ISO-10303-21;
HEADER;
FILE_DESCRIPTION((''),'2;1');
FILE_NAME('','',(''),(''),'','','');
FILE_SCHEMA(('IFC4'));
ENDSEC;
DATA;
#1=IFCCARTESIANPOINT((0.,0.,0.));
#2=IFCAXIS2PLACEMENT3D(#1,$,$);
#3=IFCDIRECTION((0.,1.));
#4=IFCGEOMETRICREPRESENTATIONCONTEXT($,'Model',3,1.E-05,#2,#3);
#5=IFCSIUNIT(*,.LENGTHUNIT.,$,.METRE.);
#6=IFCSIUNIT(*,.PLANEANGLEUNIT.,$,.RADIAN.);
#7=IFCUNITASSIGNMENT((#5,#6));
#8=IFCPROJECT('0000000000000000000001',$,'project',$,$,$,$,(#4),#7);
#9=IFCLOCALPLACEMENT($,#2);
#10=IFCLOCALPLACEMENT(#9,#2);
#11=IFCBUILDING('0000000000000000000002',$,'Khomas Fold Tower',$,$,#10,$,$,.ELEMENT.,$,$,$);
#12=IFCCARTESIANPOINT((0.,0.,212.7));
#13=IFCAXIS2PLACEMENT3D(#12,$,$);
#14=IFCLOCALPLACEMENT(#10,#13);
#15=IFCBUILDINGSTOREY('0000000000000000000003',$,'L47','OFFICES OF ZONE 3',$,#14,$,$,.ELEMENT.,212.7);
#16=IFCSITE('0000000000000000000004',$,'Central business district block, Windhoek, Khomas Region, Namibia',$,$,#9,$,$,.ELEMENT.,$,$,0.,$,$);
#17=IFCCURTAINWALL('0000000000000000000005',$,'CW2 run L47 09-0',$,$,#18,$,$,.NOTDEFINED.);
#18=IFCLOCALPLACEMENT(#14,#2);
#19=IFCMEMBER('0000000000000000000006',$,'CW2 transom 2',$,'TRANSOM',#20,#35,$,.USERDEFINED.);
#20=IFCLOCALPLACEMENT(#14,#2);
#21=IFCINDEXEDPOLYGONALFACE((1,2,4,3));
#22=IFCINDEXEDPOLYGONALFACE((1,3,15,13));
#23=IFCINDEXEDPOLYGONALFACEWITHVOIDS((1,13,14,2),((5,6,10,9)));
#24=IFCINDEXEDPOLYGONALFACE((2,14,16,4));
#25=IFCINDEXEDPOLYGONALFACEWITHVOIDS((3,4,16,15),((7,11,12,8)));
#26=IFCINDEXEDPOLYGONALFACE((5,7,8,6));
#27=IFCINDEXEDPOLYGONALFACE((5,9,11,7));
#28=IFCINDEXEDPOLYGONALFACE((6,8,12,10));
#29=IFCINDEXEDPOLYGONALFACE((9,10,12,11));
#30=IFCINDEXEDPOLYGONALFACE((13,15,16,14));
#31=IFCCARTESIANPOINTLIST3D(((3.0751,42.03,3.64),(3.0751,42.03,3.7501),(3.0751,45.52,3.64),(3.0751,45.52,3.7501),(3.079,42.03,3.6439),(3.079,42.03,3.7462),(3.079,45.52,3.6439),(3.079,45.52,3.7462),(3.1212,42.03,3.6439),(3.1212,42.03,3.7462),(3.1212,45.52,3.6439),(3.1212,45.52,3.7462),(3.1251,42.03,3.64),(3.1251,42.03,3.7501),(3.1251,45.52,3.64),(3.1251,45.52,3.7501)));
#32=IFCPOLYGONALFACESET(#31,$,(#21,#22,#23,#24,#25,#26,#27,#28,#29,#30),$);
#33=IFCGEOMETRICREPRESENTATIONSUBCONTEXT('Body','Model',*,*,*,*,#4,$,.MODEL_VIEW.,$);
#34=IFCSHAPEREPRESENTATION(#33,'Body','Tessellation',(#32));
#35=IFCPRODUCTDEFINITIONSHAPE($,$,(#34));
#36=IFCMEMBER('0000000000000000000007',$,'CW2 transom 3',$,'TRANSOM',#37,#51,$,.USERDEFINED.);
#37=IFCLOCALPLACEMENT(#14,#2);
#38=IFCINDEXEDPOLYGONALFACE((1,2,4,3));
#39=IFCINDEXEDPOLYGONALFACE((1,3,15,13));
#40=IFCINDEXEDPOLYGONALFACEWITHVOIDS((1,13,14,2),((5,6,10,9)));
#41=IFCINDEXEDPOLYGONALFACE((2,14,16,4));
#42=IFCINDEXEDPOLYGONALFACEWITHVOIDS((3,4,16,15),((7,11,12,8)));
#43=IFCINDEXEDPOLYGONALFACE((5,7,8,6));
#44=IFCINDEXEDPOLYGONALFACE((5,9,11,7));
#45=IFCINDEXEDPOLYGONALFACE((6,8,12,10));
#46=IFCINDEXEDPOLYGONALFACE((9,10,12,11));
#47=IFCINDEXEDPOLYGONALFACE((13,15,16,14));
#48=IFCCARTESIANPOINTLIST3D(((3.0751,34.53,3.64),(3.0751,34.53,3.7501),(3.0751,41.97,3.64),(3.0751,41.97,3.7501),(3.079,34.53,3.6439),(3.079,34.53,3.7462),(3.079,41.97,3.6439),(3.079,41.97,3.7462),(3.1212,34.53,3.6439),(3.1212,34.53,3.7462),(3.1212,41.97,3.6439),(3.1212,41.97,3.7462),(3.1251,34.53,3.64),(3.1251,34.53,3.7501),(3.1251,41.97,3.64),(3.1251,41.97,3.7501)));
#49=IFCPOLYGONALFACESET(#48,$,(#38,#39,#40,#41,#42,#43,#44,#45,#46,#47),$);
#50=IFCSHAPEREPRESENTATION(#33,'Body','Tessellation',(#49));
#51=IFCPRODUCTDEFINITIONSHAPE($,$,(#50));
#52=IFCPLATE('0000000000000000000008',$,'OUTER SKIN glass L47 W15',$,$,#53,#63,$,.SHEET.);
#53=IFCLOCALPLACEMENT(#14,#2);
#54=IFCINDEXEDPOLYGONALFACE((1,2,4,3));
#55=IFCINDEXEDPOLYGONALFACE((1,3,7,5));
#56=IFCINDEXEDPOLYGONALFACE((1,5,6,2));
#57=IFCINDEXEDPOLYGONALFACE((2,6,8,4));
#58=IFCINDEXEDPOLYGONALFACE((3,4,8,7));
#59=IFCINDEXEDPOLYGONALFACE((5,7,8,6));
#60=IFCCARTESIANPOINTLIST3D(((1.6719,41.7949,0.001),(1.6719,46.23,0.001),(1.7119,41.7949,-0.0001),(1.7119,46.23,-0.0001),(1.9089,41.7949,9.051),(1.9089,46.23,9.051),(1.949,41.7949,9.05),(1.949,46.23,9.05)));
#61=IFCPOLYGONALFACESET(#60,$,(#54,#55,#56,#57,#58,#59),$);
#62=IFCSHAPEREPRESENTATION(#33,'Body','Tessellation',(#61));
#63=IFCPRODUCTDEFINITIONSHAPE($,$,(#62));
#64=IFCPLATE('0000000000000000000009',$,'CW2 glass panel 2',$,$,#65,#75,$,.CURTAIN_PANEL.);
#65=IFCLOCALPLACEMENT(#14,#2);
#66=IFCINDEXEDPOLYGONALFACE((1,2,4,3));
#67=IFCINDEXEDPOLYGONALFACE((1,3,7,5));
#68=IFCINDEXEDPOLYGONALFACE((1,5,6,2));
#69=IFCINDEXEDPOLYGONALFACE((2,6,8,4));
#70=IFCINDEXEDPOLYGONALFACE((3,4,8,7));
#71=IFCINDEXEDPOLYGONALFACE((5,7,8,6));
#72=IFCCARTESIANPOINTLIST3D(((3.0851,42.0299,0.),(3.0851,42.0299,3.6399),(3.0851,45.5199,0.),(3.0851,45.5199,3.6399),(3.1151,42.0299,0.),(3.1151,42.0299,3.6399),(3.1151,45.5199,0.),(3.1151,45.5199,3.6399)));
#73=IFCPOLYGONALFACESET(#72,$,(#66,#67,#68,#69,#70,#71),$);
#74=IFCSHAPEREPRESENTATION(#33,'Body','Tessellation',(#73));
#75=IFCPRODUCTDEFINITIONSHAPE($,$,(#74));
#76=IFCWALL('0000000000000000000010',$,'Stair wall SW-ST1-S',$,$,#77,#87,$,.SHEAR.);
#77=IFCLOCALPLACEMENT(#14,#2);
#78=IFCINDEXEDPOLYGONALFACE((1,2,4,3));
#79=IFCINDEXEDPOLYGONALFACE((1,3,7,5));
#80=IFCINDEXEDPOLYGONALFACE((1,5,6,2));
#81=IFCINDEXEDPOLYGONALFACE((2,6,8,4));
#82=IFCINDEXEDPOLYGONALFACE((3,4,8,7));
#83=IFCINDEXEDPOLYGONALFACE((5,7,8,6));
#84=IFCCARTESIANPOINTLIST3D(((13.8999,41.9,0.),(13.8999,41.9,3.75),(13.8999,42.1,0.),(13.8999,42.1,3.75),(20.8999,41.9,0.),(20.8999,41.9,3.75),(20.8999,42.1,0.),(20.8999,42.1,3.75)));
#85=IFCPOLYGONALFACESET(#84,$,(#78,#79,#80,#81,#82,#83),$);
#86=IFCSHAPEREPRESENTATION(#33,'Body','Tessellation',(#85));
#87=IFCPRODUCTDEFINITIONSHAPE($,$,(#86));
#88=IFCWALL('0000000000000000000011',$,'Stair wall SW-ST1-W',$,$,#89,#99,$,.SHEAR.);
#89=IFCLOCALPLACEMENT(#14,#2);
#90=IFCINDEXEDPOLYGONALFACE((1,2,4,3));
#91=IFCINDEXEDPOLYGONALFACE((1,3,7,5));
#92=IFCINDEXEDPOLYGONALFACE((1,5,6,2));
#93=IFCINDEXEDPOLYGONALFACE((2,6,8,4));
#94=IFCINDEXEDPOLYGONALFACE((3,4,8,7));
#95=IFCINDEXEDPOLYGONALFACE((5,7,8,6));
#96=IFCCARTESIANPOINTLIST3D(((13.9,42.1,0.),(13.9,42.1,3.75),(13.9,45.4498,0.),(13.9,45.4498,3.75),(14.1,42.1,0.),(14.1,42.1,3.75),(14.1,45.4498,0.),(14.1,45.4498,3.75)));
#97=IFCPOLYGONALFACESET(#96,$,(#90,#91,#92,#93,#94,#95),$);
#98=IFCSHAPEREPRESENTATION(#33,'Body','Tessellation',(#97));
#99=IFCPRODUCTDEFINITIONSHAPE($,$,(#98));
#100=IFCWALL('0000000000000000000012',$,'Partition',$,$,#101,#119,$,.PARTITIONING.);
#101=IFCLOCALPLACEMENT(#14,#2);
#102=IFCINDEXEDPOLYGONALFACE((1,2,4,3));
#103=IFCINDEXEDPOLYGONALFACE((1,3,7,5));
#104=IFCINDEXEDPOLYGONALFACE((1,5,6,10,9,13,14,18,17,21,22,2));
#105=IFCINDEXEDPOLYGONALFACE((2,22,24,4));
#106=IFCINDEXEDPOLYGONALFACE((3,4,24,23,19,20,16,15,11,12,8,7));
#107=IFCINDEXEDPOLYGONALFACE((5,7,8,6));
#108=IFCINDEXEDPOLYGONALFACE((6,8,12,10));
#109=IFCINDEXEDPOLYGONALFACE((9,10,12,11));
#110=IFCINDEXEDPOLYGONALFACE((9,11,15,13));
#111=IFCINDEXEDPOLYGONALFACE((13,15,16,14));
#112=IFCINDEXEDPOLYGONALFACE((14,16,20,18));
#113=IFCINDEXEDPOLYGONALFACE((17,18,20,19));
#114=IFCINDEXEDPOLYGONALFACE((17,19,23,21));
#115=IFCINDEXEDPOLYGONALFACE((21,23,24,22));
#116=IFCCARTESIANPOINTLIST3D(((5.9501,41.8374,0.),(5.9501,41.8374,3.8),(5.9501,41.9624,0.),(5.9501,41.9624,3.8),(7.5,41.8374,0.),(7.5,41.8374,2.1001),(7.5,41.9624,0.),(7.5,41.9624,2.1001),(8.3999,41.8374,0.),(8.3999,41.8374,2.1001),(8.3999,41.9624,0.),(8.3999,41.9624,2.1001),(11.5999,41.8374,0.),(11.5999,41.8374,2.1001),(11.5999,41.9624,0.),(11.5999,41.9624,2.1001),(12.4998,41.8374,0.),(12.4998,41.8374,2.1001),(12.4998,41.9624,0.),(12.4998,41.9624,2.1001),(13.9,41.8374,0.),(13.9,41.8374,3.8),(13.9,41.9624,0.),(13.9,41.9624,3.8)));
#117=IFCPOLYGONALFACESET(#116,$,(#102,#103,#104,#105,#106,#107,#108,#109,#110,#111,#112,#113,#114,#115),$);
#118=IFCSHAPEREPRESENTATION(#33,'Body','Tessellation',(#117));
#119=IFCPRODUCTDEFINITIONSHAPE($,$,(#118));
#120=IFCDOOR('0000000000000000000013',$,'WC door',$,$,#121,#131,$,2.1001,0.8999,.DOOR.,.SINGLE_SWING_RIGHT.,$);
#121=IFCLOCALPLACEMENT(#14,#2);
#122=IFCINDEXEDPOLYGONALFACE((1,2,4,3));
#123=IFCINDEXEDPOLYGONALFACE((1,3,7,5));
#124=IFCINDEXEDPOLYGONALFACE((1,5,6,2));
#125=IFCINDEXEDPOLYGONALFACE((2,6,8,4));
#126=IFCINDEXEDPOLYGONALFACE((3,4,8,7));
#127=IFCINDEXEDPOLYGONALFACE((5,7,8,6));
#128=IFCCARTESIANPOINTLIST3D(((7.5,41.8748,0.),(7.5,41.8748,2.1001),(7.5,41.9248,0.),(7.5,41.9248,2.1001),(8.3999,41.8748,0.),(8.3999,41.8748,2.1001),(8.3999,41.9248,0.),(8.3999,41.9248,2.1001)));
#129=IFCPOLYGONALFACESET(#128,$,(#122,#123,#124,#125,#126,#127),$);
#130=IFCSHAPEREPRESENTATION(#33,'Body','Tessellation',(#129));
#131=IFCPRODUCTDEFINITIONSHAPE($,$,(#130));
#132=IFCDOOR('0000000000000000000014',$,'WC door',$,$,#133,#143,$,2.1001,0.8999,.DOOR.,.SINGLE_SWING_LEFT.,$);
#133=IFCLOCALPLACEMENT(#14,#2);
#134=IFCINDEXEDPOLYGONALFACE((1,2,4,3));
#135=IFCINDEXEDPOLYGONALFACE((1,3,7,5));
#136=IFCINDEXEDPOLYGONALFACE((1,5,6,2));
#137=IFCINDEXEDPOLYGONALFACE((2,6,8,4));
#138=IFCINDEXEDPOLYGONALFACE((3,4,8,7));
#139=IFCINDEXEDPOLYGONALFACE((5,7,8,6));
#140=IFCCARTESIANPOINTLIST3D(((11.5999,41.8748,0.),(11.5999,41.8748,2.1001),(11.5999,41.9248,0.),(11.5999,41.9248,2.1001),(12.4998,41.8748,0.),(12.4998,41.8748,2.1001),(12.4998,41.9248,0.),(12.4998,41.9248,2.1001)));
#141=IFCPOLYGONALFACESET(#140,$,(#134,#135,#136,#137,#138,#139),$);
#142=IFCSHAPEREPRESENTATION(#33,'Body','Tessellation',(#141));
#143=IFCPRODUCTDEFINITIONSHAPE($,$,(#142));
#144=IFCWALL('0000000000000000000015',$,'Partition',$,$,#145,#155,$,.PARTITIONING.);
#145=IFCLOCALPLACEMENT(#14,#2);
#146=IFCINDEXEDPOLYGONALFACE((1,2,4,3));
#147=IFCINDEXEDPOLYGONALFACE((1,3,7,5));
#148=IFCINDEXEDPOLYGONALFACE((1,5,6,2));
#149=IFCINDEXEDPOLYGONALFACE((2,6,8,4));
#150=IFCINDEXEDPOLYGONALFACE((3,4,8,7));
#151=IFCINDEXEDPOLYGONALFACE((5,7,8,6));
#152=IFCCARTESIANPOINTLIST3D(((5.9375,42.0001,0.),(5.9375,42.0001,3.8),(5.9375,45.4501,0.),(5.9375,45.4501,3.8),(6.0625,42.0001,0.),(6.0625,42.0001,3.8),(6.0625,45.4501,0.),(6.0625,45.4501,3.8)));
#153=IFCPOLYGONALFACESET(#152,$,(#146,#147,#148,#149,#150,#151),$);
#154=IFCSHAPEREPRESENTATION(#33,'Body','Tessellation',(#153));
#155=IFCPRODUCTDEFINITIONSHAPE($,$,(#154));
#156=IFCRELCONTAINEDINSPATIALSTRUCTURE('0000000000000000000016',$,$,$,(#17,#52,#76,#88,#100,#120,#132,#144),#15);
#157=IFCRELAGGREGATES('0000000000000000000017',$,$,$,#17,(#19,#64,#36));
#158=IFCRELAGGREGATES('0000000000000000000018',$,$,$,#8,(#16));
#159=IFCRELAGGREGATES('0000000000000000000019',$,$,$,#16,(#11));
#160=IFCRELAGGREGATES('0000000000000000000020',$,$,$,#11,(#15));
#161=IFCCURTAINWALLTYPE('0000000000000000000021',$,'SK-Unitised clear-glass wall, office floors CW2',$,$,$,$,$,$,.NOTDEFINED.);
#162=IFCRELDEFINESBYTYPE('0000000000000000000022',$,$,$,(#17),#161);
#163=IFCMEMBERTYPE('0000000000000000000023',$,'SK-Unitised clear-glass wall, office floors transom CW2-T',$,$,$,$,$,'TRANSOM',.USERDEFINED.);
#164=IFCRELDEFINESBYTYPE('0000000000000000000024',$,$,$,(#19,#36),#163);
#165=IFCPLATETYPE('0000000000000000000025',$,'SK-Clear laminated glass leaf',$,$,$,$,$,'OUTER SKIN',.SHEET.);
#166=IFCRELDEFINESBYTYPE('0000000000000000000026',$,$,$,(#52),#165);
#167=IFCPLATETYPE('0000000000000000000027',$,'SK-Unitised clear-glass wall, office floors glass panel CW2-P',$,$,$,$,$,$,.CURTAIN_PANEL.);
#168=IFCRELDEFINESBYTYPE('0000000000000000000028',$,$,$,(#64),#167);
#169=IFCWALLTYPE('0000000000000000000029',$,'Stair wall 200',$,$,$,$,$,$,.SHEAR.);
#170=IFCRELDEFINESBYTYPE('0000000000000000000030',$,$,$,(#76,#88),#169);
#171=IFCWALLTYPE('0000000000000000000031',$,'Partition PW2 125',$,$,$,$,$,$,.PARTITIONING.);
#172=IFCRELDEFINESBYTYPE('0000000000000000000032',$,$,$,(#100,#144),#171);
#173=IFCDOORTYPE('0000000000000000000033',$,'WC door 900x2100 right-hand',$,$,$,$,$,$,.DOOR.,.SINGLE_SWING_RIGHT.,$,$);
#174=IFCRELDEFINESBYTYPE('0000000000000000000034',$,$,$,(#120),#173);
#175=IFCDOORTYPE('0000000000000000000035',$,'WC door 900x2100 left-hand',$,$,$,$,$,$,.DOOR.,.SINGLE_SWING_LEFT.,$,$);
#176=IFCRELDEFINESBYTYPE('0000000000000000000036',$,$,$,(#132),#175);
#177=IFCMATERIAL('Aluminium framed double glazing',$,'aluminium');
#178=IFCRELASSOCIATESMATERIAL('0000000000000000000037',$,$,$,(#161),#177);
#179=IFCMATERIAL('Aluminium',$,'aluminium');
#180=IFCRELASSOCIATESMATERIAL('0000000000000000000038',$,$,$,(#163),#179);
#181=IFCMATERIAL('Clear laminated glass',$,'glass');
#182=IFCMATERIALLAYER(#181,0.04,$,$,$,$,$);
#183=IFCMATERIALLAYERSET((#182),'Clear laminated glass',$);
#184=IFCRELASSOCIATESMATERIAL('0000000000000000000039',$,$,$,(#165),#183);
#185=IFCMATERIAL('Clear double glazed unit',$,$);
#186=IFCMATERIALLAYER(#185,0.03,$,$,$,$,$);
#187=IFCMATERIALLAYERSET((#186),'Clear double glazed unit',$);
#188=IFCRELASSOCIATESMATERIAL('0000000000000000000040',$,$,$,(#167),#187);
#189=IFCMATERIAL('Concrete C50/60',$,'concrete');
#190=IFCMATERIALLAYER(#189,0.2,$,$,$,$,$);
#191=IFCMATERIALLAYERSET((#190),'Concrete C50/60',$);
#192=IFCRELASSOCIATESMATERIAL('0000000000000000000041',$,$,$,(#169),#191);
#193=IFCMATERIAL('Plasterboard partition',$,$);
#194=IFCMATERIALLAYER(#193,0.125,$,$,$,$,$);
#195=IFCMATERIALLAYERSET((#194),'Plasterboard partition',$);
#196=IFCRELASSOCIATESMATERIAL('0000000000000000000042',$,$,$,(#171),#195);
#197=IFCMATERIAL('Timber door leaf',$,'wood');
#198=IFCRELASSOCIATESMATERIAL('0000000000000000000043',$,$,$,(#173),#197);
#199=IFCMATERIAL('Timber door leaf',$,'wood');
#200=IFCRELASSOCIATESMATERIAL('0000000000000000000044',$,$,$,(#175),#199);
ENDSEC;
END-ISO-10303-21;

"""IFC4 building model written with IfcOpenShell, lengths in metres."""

from ifc_helpers import new_model, si_unit, direction, frame, frame_2d, origin, origin_2d, place, context, subcontext, project, spatial, polyline, rectangle, hollow_rectangle, outline, extrude, source, transform, mapped, material, layer, layer_set, material_profile, profile_set, type_object, element, fill, aggregate, save


model = new_model("IFC4")

# Units and contexts
model_context = context("Model", 3, precision=1e-05, world=origin(), true_north=direction((0.0, 1.0)))
body_context = subcontext(model_context, "Body", "Model", "MODEL_VIEW")
ifc_project = project(units=[si_unit("LENGTHUNIT", "METRE"), si_unit("PLANEANGLEUNIT", "RADIAN")], contexts=[model_context])

# Site, building, storey
site_placement = place(None, origin())
site = spatial("IfcSite", under=ifc_project, at=site_placement, Name="Central business district block, Windhoek, Khomas Region, Namibia", CompositionType="ELEMENT", RefElevation=0.0)
building_placement = place(site_placement, origin())
building = spatial("IfcBuilding", under=site, at=building_placement, Name="Khomas Fold Tower", CompositionType="ELEMENT")
storey_placement = place(building_placement, frame((0.0, 0.0, 212.7)))
storey = spatial("IfcBuildingStorey", under=building, at=storey_placement, Name="L47", Description="OFFICES OF ZONE 3", CompositionType="ELEMENT", Elevation=212.7)

# Curtain wall, members
ifc_material_1 = material(Name="Aluminium framed double glazing", Category="aluminium")
curtain_wall_type = type_object("IfcCurtainWallType", Name="SK-Unitised clear-glass wall, office floors CW2", PredefinedType="NOTDEFINED", material=ifc_material_1)
curtain_wall_placement = place(storey_placement, origin())
curtain_wall = element("IfcCurtainWall", 1, at=curtain_wall_placement, inside=storey, type_object=curtain_wall_type, Name="CW2 run L47 09-0", PredefinedType="NOTDEFINED")
ifc_material_2 = material(Name="Aluminium", Category="aluminium")
ifc_material_profile_1 = material_profile(ifc_material_2, hollow_rectangle(XDim=0.05, YDim=0.1101, WallThickness=0.0039, at=origin_2d()), Name="SK-Unitised clear-glass wall, office floors transom CW2-T")
ifc_profile_set_1 = profile_set([ifc_material_profile_1], Name="Aluminium")
member_type_1 = type_object("IfcMemberType", Name="SK-Unitised clear-glass wall, office floors transom CW2-T", ElementType="TRANSOM", PredefinedType="USERDEFINED", material=ifc_profile_set_1)
shared_shape_1 = source(origin(), body_context, "Body", "SweptSolid", [
    extrude(hollow_rectangle(XDim=0.05, YDim=0.1101, WallThickness=0.0039, at=origin_2d()), origin(), (0.0, 0.0, 1.0), 3.49),
])
member_1_placement = place(storey_placement, frame((3.1001, 45.52, 3.6951), z_axis=(0.0, -1.0, 0.0), x_axis=(1.0, 0.0, 0.0)))
member_1 = element("IfcMember", 2, at=member_1_placement, type_object=member_type_1, Name="CW2 transom 2", ObjectType="TRANSOM", PredefinedType="USERDEFINED", context=body_context, shape_type="MappedRepresentation", body=[
    mapped(shared_shape_1, transform((0.0, 0.0, 0.0))),
])
shared_shape_2 = source(origin(), body_context, "Body", "SweptSolid", [
    extrude(hollow_rectangle(XDim=0.05, YDim=0.1101, WallThickness=0.0039, at=origin_2d()), origin(), (0.0, 0.0, 1.0), 7.4399),
])
member_2_placement = place(storey_placement, frame((3.1001, 41.97, 3.6951), z_axis=(0.0, -1.0, 0.0), x_axis=(1.0, 0.0, 0.0)))
member_2 = element("IfcMember", 3, at=member_2_placement, type_object=member_type_1, Name="CW2 transom 3", ObjectType="TRANSOM", PredefinedType="USERDEFINED", context=body_context, shape_type="MappedRepresentation", body=[
    mapped(shared_shape_2, transform((0.0, 0.0, 0.0))),
])

# Plates
ifc_material_3 = material(Name="Clear laminated glass", Category="glass")
ifc_layer_1 = layer(ifc_material_3, 0.04)
ifc_layer_set_1 = layer_set([ifc_layer_1], Name="Clear laminated glass")
plate_type_1 = type_object("IfcPlateType", Name="SK-Clear laminated glass leaf", ElementType="OUTER SKIN", PredefinedType="SHEET", material=ifc_layer_set_1)
plate_1_placement = place(storey_placement, frame((1.6719, 41.7949, 0.001), z_axis=(-0.999657, 0.0, 0.026185), x_axis=(0.0, 1.0, 0.0)))
element("IfcPlate", 4, at=plate_1_placement, inside=storey, type_object=plate_type_1, Name="OUTER SKIN glass L47 W15", PredefinedType="SHEET", context=body_context, shape_type="SweptSolid", body=[
    extrude(outline(polyline([(0.0, 0.0), (4.4351, 0.0), (4.4351, -9.0532), (0.0, -9.0532), (0.0, 0.0)])), origin(), (0.0, 0.0, -1.0), 0.04),
])
ifc_material_4 = material(Name="Clear double glazed unit")
ifc_layer_2 = layer(ifc_material_4, 0.03)
ifc_layer_set_2 = layer_set([ifc_layer_2], Name="Clear double glazed unit")
plate_type_2 = type_object("IfcPlateType", Name="SK-Unitised clear-glass wall, office floors glass panel CW2-P", PredefinedType="CURTAIN_PANEL", material=ifc_layer_set_2)
shared_shape_3 = source(origin(), body_context, "Body", "SweptSolid", [
    extrude(rectangle(XDim=3.49, YDim=0.03, at=origin_2d()), origin(), (0.0, 0.0, 1.0), 3.6399),
])
plate_2_placement = place(storey_placement, frame((3.1001, 43.7749, 0.0), z_axis=(0.0, 0.0, 1.0), x_axis=(0.0, -1.0, 0.0)))
plate_2 = element("IfcPlate", 5, at=plate_2_placement, type_object=plate_type_2, Name="CW2 glass panel 2", PredefinedType="CURTAIN_PANEL", context=body_context, shape_type="MappedRepresentation", body=[
    mapped(shared_shape_3, transform((0.0, 0.0, 0.0))),
])
aggregate(curtain_wall, [member_1, plate_2, member_2])

# Walls
ifc_material_5 = material(Name="Concrete C50/60", Category="concrete")
ifc_layer_3 = layer(ifc_material_5, 0.2)
ifc_layer_set_3 = layer_set([ifc_layer_3], Name="Concrete C50/60")
wall_type_1 = type_object("IfcWallType", Name="Stair wall 200", PredefinedType="SHEAR", material=ifc_layer_set_3)
shared_shape_4 = source(origin(), body_context, "Body", "SweptSolid", [
    extrude(rectangle(XDim=7.0, YDim=0.2, at=frame_2d((3.5, 0.0))), origin(), (0.0, 0.0, 1.0), 3.75),
])
wall_1_placement = place(storey_placement, frame((13.8999, 42.0, 0.0), z_axis=(0.0, 0.0, 1.0), x_axis=(1.0, 0.0, 0.0)))
element("IfcWall", 6, at=wall_1_placement, inside=storey, type_object=wall_type_1, Name="Stair wall SW-ST1-S", PredefinedType="SHEAR", context=body_context, shape_type="MappedRepresentation", body=[
    mapped(shared_shape_4, transform((0.0, 0.0, 0.0))),
])
shared_shape_5 = source(origin(), body_context, "Body", "SweptSolid", [
    extrude(rectangle(XDim=3.3499, YDim=0.2, at=frame_2d((1.6748, 0.0))), origin(), (0.0, 0.0, 1.0), 3.75),
])
wall_2_placement = place(storey_placement, frame((14.0, 42.1001, 0.0), z_axis=(0.0, 0.0, 1.0), x_axis=(0.0, 1.0, 0.0)))
element("IfcWall", 7, at=wall_2_placement, inside=storey, type_object=wall_type_1, Name="Stair wall SW-ST1-W", PredefinedType="SHEAR", context=body_context, shape_type="MappedRepresentation", body=[
    mapped(shared_shape_5, transform((0.0, 0.0, 0.0))),
])

# Wall, openings, doors
ifc_material_6 = material(Name="Plasterboard partition")
ifc_layer_4 = layer(ifc_material_6, 0.125)
ifc_layer_set_4 = layer_set([ifc_layer_4], Name="Plasterboard partition")
wall_type_2 = type_object("IfcWallType", Name="Partition PW2 125", PredefinedType="PARTITIONING", material=ifc_layer_set_4)
shared_shape_6 = source(origin(), body_context, "Body", "SweptSolid", [
    extrude(rectangle(XDim=7.95, YDim=0.125, at=frame_2d((3.9751, 0.0))), origin(), (0.0, 0.0, 1.0), 3.8),
])
wall_3_placement = place(storey_placement, frame((5.95, 41.8999, 0.0), z_axis=(0.0, 0.0, 1.0), x_axis=(1.0, 0.0, 0.0)))
wall_3 = element("IfcWall", 8, at=wall_3_placement, inside=storey, type_object=wall_type_2, Name="Partition", PredefinedType="PARTITIONING", context=body_context, shape_type="MappedRepresentation", body=[
    mapped(shared_shape_6, transform((0.0, 0.0, 0.0))),
])
shared_shape_7 = source(origin(), body_context, "Body", "SweptSolid", [
    extrude(rectangle(XDim=0.8999, YDim=2.1001, at=frame_2d((0.45, 1.05))), frame((0.0, 0.0725, 0.0), z_axis=(0.0, -1.0, 0.0), x_axis=(1.0, 0.0, 0.0)), (0.0, 0.0, 1.0), 0.145),
])
opening_1_placement = place(wall_3_placement, frame((1.55, 0.0, 0.0)))
opening_1 = element("IfcOpeningElement", 9, at=opening_1_placement, cuts=wall_3, PredefinedType="OPENING", context=body_context, shape_type="MappedRepresentation", body=[
    mapped(shared_shape_7, transform((0.0, 0.0, 0.0))),
])
opening_2_placement = place(wall_3_placement, frame((5.6499, 0.0, 0.0)))
opening_2 = element("IfcOpeningElement", 10, at=opening_2_placement, cuts=wall_3, PredefinedType="OPENING", context=body_context, shape_type="MappedRepresentation", body=[
    mapped(shared_shape_7, transform((0.0, 0.0, 0.0))),
])
ifc_material_7 = material(Name="Timber door leaf", Category="wood")
door_type_1 = type_object("IfcDoorType", Name="WC door 900x2100 right-hand", OperationType="SINGLE_SWING_RIGHT", PredefinedType="DOOR", material=ifc_material_7)
shared_shape_8 = source(origin(), body_context, "Body", "SweptSolid", [
    extrude(rectangle(XDim=0.8999, YDim=2.1001, at=frame_2d((0.45, 1.05))), frame((0.0, 0.0249, 0.0), z_axis=(0.0, -1.0, 0.0), x_axis=(1.0, 0.0, 0.0)), (0.0, 0.0, 1.0), 0.05),
])
door_1_placement = place(opening_1_placement, origin())
door_1 = element("IfcDoor", 11, at=door_1_placement, inside=storey, type_object=door_type_1, Name="WC door", OperationType="SINGLE_SWING_RIGHT", OverallHeight=2.1001, OverallWidth=0.8999, PredefinedType="DOOR", context=body_context, shape_type="MappedRepresentation", body=[
    mapped(shared_shape_8, transform((0.0, 0.0, 0.0))),
])
fill(opening_1, door_1)
ifc_material_8 = material(Name="Timber door leaf", Category="wood")
door_type_2 = type_object("IfcDoorType", Name="WC door 900x2100 left-hand", OperationType="SINGLE_SWING_LEFT", PredefinedType="DOOR", material=ifc_material_8)
door_2_placement = place(opening_2_placement, origin())
door_2 = element("IfcDoor", 12, at=door_2_placement, inside=storey, type_object=door_type_2, Name="WC door", OperationType="SINGLE_SWING_LEFT", OverallHeight=2.1001, OverallWidth=0.8999, PredefinedType="DOOR", context=body_context, shape_type="MappedRepresentation", body=[
    mapped(shared_shape_8, transform((0.0, 0.0, 0.0))),
])
fill(opening_2, door_2)

# Wall
shared_shape_9 = source(origin(), body_context, "Body", "SweptSolid", [
    extrude(rectangle(XDim=3.45, YDim=0.125, at=frame_2d((1.7251, 0.0))), origin(), (0.0, 0.0, 1.0), 3.8),
])
wall_4_placement = place(storey_placement, frame((6.0, 42.0, 0.0), z_axis=(0.0, 0.0, 1.0), x_axis=(0.0, 1.0, 0.0)))
element("IfcWall", 13, at=wall_4_placement, inside=storey, type_object=wall_type_2, Name="Partition", PredefinedType="PARTITIONING", context=body_context, shape_type="MappedRepresentation", body=[
    mapped(shared_shape_9, transform((0.0, 0.0, 0.0))),
])

save(model, "model.ifc")
